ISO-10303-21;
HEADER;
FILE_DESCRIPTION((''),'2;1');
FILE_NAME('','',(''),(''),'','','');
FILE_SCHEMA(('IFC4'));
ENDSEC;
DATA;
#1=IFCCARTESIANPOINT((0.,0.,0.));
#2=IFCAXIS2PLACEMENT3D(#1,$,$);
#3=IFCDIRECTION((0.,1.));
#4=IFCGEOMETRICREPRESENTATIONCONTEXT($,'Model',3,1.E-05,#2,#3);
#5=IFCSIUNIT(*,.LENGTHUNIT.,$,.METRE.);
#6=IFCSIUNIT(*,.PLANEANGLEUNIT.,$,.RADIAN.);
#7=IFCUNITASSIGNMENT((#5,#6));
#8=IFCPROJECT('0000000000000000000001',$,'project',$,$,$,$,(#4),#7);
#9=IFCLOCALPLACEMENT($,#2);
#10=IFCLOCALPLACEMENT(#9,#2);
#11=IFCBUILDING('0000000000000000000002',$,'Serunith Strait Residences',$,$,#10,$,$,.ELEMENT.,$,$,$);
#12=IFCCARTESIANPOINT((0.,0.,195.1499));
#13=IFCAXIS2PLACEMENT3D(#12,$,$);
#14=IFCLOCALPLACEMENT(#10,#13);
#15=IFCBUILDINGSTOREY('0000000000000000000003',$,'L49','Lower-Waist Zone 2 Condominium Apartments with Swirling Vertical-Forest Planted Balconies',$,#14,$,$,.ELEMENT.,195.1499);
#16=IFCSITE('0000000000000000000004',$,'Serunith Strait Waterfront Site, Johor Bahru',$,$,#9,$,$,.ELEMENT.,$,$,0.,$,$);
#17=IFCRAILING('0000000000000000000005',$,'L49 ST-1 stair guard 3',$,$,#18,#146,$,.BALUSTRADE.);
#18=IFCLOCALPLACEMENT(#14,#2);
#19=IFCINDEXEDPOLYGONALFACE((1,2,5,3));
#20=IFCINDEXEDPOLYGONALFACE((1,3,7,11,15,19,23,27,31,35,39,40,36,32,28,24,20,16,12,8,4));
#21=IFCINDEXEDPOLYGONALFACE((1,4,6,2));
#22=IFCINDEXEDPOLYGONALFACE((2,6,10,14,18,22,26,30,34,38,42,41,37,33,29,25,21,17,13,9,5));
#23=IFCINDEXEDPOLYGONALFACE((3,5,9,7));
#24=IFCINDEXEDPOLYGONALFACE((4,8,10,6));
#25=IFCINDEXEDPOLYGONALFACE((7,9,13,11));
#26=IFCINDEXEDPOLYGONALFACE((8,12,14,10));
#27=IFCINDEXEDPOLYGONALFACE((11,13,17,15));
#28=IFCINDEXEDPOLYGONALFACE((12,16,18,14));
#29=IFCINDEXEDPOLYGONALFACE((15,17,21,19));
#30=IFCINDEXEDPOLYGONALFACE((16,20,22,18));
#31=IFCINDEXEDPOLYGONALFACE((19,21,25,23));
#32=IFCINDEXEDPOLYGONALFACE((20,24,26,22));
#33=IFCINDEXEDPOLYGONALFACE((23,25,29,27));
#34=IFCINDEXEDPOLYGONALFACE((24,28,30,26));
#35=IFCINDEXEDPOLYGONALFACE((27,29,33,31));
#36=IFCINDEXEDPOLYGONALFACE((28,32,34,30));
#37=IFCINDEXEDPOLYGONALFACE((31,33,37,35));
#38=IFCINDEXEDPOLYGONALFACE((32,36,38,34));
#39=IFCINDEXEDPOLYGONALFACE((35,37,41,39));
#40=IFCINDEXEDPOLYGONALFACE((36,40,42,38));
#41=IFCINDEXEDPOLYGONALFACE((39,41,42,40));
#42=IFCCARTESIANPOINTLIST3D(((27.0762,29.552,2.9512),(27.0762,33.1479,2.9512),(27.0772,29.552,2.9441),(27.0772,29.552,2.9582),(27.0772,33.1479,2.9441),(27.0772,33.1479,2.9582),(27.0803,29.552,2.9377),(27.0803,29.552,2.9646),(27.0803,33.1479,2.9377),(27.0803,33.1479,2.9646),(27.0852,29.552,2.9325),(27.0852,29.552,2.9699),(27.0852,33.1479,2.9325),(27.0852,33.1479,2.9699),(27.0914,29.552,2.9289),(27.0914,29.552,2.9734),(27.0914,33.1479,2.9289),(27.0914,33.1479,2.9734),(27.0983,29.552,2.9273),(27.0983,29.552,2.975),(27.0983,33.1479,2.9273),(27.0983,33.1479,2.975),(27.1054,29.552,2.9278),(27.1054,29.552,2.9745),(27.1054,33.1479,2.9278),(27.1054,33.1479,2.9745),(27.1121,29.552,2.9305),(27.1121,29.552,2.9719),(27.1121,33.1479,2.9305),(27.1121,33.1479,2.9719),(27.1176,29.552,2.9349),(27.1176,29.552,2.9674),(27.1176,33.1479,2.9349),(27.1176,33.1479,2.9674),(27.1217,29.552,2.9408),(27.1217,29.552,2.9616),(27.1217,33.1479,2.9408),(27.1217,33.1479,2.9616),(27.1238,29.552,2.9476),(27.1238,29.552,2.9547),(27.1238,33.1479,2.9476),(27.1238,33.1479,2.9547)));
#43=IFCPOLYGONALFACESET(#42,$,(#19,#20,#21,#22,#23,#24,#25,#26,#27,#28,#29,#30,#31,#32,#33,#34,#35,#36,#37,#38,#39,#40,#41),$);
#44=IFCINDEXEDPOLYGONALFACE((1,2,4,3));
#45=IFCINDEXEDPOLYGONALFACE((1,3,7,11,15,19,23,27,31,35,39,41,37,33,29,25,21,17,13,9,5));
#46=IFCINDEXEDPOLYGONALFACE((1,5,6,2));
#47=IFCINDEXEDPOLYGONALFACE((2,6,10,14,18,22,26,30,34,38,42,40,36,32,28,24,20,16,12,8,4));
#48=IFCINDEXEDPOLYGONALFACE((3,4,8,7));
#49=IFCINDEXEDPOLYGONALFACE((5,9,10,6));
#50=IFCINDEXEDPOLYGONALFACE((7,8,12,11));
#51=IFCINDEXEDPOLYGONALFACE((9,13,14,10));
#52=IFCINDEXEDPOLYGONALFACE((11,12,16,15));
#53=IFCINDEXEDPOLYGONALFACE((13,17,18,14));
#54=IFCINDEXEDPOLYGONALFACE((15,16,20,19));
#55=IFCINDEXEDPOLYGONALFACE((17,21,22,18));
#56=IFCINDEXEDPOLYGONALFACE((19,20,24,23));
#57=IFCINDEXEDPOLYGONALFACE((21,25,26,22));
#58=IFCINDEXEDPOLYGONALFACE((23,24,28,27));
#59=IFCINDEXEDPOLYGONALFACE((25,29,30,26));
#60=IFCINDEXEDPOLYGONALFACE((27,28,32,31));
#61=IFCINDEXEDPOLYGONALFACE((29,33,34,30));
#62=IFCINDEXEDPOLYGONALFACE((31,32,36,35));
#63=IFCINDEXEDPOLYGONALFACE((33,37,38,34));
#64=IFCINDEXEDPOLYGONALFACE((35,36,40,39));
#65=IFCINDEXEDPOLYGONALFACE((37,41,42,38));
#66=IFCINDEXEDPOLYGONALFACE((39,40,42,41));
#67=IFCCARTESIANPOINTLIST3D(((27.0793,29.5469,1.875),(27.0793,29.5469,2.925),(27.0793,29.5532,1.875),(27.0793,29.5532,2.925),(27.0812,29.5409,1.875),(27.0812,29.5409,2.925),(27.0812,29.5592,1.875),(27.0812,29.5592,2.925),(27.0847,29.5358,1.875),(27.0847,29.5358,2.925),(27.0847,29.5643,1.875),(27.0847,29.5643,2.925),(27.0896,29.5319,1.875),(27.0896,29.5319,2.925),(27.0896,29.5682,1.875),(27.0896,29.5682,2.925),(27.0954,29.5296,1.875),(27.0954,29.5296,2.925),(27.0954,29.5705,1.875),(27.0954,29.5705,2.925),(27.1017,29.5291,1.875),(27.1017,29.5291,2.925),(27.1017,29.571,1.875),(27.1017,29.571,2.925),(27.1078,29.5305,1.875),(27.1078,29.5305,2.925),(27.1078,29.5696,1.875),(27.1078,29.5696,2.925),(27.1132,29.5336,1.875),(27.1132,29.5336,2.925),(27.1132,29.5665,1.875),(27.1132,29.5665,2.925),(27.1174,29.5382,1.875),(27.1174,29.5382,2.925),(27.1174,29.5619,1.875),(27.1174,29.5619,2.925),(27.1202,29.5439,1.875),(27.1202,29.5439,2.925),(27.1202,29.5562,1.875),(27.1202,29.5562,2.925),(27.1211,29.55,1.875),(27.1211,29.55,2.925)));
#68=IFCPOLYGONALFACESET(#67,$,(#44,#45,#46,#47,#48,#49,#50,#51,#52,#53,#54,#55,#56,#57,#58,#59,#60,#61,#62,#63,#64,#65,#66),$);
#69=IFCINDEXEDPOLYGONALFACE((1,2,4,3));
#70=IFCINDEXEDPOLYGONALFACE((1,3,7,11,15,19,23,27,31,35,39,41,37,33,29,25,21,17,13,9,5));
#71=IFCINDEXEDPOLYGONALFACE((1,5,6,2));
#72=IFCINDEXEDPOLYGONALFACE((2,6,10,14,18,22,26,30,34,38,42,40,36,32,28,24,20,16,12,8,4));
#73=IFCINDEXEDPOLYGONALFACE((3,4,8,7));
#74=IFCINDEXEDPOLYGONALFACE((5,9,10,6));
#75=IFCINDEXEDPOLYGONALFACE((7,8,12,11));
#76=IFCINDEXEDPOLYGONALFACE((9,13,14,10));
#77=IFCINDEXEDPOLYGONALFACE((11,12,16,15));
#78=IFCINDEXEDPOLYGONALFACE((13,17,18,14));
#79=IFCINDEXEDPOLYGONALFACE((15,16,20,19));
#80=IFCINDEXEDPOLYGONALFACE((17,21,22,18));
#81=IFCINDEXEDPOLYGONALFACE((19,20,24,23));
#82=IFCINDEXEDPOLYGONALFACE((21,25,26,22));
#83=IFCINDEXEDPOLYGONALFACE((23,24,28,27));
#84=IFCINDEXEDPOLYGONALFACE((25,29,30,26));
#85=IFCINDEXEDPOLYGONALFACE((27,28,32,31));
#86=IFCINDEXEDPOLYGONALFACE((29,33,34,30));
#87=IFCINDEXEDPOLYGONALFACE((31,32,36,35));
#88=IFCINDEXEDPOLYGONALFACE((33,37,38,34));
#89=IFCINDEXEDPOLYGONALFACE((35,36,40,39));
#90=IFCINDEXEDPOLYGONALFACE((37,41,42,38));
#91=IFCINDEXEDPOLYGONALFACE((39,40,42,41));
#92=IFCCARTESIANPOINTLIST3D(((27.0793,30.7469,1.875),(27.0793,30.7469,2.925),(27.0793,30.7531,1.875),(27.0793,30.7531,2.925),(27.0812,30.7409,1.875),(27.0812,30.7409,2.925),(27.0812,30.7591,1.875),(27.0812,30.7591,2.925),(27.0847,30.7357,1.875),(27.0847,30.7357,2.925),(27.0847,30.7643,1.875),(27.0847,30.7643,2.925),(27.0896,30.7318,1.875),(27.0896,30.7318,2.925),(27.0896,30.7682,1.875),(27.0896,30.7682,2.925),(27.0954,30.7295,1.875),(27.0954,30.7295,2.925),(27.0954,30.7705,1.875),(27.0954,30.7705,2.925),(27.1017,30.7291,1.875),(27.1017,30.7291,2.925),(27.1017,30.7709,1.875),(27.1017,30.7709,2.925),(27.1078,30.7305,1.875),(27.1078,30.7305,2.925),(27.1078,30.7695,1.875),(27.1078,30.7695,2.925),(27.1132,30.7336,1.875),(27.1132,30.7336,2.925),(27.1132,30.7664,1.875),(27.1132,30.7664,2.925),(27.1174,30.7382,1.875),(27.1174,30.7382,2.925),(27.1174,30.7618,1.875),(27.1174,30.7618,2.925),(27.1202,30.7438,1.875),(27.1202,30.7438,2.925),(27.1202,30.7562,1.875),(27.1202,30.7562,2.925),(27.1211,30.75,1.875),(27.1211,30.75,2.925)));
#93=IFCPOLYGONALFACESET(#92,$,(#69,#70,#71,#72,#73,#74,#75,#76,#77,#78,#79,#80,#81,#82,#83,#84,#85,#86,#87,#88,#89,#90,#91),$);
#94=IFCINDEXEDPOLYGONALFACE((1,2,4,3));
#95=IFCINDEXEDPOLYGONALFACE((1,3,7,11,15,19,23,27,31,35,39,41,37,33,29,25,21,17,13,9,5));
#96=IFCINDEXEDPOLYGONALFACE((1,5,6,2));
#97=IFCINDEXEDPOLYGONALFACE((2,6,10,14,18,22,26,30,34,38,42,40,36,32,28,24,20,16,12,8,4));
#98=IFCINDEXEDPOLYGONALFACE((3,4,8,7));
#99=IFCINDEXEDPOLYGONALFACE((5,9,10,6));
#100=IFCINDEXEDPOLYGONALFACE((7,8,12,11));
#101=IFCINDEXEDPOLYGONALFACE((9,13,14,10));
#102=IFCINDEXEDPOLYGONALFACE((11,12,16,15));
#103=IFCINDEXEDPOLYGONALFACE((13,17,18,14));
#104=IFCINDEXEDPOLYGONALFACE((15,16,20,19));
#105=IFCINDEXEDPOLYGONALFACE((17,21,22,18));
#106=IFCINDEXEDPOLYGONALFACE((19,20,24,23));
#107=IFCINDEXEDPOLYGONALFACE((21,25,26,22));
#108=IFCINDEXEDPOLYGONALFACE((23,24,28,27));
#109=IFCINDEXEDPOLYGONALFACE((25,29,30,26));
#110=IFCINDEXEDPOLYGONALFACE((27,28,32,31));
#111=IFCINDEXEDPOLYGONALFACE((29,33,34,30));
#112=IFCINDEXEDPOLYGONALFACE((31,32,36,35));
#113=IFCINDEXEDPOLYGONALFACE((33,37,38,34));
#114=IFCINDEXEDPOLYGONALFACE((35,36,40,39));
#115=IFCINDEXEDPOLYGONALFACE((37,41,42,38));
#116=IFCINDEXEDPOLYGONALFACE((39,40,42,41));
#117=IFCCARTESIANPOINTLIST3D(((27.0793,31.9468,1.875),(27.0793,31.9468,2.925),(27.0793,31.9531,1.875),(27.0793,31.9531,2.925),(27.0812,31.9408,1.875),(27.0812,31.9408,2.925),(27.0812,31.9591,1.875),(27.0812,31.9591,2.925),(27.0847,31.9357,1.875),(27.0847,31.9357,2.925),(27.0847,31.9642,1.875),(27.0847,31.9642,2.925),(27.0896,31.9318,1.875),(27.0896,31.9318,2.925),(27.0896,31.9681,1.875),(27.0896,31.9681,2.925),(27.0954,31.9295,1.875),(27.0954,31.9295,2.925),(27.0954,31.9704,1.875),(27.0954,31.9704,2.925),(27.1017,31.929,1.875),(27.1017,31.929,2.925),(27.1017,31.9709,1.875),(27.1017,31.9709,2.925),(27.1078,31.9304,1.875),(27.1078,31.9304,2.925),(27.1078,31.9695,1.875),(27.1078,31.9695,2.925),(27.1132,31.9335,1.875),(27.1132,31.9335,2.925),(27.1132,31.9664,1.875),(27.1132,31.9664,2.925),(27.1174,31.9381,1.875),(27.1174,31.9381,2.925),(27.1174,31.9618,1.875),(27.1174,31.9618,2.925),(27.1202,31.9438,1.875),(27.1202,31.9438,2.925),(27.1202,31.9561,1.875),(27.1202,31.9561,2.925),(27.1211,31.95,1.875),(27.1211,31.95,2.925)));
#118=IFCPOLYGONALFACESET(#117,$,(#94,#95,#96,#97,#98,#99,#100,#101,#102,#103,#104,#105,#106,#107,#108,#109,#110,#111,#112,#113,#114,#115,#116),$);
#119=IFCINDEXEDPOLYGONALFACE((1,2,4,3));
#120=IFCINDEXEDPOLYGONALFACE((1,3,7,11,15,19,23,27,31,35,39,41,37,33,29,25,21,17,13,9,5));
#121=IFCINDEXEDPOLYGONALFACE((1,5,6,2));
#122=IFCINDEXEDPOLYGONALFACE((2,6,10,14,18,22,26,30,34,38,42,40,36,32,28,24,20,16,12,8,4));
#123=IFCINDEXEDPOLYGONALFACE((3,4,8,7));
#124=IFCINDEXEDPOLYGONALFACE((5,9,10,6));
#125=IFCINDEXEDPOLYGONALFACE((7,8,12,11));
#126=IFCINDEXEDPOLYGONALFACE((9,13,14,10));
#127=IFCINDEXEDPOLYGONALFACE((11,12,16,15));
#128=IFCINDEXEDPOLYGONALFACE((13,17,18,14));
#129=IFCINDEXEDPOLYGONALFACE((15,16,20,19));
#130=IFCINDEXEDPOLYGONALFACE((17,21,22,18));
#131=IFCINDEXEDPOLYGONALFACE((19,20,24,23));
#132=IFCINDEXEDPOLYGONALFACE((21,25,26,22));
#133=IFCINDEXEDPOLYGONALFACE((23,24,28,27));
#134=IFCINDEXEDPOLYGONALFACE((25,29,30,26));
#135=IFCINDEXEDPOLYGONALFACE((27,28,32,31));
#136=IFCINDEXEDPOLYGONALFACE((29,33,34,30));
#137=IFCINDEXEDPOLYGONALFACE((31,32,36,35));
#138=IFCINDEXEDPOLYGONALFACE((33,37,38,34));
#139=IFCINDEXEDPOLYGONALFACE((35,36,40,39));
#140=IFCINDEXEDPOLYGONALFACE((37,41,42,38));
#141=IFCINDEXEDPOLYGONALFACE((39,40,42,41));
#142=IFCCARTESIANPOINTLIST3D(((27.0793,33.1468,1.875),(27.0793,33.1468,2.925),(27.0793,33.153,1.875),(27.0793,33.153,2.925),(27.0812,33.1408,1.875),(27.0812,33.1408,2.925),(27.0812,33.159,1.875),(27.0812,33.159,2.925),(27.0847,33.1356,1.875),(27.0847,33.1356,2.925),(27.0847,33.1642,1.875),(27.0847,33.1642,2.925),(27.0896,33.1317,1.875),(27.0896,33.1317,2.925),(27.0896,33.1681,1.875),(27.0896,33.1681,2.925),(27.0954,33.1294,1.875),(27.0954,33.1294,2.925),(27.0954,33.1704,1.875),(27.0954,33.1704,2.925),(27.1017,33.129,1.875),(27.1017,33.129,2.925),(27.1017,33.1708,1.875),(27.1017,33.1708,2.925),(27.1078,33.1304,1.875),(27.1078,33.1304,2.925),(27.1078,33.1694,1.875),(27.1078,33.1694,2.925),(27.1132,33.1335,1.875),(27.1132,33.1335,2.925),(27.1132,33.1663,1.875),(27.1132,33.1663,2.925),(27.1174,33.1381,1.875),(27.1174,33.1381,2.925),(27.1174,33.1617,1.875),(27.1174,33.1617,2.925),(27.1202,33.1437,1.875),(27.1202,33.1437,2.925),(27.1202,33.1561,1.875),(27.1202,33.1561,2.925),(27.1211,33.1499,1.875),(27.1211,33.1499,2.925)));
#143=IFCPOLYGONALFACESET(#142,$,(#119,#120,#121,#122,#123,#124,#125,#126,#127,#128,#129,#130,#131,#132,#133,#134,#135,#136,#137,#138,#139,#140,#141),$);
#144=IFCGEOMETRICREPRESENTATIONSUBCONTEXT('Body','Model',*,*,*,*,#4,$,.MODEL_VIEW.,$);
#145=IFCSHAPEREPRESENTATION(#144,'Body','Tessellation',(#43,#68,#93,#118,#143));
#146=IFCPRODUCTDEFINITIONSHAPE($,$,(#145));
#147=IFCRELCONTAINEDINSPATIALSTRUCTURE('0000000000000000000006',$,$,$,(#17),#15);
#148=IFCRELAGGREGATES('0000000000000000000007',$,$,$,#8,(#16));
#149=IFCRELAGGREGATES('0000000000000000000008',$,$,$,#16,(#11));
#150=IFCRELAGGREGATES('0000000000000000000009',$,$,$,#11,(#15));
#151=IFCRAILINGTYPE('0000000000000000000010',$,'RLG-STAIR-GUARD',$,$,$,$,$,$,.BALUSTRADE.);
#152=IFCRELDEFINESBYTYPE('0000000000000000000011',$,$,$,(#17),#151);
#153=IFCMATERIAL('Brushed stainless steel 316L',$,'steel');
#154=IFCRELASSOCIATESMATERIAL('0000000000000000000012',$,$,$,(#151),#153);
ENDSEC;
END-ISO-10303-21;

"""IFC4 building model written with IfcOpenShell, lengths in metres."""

from ifc_helpers import new_model, si_unit, direction, frame, origin, origin_2d, place, context, subcontext, project, spatial, circle, extrude, material, type_object, element, save


model = new_model("IFC4")

# Units and contexts
model_context = context("Model", 3, precision=1e-05, world=origin(), true_north=direction((0.0, 1.0)))
body_context = subcontext(model_context, "Body", "Model", "MODEL_VIEW")
ifc_project = project(units=[si_unit("LENGTHUNIT", "METRE"), si_unit("PLANEANGLEUNIT", "RADIAN")], contexts=[model_context])

# Site, building, storey
site_placement = place(None, origin())
site = spatial("IfcSite", under=ifc_project, at=site_placement, Name="Serunith Strait Waterfront Site, Johor Bahru", CompositionType="ELEMENT", RefElevation=0.0)
building_placement = place(site_placement, origin())
building = spatial("IfcBuilding", under=site, at=building_placement, Name="Serunith Strait Residences", CompositionType="ELEMENT")
storey_placement = place(building_placement, frame((0.0, 0.0, 195.1499)))
storey = spatial("IfcBuildingStorey", under=building, at=storey_placement, Name="L49", Description="Lower-Waist Zone 2 Condominium Apartments with Swirling Vertical-Forest Planted Balconies", CompositionType="ELEMENT", Elevation=195.1499)

# Railing
ifc_material_1 = material(Name="Brushed stainless steel 316L", Category="steel")
railing_type_1 = type_object("IfcRailingType", Name="RLG-STAIR-GUARD", PredefinedType="BALUSTRADE", material=ifc_material_1)
for number, where, name in (
    (1, (27.1001, 29.55, 1.875), "L49 ST-1 stair guard 3"),
):
    element("IfcRailing", number, at=place(storey_placement, frame(where)), inside=storey, type_object=railing_type_1, Name=name, PredefinedType="BALUSTRADE", context=body_context, shape_type="SweptSolid", body=[
        extrude(circle(Radius=0.0239, at=origin_2d()), frame((0.0, 0.002, 1.0762), z_axis=(0.0, 1.0, 0.0), x_axis=(-1.0, 0.0, 0.0)), (0.0, 0.0, 1.0), 3.5959),
        extrude(circle(Radius=0.021, at=origin_2d()), origin(), (0.0, 0.0, 1.0), 1.05),
        extrude(circle(Radius=0.021, at=origin_2d()), frame((0.0, 1.2, 0.0)), (0.0, 0.0, 1.0), 1.05),
        extrude(circle(Radius=0.021, at=origin_2d()), frame((0.0, 2.3999, 0.0)), (0.0, 0.0, 1.0), 1.05),
        extrude(circle(Radius=0.021, at=origin_2d()), frame((0.0, 3.5999, 0.0)), (0.0, 0.0, 1.0), 1.05),
    ])

save(model, "model.ifc")
